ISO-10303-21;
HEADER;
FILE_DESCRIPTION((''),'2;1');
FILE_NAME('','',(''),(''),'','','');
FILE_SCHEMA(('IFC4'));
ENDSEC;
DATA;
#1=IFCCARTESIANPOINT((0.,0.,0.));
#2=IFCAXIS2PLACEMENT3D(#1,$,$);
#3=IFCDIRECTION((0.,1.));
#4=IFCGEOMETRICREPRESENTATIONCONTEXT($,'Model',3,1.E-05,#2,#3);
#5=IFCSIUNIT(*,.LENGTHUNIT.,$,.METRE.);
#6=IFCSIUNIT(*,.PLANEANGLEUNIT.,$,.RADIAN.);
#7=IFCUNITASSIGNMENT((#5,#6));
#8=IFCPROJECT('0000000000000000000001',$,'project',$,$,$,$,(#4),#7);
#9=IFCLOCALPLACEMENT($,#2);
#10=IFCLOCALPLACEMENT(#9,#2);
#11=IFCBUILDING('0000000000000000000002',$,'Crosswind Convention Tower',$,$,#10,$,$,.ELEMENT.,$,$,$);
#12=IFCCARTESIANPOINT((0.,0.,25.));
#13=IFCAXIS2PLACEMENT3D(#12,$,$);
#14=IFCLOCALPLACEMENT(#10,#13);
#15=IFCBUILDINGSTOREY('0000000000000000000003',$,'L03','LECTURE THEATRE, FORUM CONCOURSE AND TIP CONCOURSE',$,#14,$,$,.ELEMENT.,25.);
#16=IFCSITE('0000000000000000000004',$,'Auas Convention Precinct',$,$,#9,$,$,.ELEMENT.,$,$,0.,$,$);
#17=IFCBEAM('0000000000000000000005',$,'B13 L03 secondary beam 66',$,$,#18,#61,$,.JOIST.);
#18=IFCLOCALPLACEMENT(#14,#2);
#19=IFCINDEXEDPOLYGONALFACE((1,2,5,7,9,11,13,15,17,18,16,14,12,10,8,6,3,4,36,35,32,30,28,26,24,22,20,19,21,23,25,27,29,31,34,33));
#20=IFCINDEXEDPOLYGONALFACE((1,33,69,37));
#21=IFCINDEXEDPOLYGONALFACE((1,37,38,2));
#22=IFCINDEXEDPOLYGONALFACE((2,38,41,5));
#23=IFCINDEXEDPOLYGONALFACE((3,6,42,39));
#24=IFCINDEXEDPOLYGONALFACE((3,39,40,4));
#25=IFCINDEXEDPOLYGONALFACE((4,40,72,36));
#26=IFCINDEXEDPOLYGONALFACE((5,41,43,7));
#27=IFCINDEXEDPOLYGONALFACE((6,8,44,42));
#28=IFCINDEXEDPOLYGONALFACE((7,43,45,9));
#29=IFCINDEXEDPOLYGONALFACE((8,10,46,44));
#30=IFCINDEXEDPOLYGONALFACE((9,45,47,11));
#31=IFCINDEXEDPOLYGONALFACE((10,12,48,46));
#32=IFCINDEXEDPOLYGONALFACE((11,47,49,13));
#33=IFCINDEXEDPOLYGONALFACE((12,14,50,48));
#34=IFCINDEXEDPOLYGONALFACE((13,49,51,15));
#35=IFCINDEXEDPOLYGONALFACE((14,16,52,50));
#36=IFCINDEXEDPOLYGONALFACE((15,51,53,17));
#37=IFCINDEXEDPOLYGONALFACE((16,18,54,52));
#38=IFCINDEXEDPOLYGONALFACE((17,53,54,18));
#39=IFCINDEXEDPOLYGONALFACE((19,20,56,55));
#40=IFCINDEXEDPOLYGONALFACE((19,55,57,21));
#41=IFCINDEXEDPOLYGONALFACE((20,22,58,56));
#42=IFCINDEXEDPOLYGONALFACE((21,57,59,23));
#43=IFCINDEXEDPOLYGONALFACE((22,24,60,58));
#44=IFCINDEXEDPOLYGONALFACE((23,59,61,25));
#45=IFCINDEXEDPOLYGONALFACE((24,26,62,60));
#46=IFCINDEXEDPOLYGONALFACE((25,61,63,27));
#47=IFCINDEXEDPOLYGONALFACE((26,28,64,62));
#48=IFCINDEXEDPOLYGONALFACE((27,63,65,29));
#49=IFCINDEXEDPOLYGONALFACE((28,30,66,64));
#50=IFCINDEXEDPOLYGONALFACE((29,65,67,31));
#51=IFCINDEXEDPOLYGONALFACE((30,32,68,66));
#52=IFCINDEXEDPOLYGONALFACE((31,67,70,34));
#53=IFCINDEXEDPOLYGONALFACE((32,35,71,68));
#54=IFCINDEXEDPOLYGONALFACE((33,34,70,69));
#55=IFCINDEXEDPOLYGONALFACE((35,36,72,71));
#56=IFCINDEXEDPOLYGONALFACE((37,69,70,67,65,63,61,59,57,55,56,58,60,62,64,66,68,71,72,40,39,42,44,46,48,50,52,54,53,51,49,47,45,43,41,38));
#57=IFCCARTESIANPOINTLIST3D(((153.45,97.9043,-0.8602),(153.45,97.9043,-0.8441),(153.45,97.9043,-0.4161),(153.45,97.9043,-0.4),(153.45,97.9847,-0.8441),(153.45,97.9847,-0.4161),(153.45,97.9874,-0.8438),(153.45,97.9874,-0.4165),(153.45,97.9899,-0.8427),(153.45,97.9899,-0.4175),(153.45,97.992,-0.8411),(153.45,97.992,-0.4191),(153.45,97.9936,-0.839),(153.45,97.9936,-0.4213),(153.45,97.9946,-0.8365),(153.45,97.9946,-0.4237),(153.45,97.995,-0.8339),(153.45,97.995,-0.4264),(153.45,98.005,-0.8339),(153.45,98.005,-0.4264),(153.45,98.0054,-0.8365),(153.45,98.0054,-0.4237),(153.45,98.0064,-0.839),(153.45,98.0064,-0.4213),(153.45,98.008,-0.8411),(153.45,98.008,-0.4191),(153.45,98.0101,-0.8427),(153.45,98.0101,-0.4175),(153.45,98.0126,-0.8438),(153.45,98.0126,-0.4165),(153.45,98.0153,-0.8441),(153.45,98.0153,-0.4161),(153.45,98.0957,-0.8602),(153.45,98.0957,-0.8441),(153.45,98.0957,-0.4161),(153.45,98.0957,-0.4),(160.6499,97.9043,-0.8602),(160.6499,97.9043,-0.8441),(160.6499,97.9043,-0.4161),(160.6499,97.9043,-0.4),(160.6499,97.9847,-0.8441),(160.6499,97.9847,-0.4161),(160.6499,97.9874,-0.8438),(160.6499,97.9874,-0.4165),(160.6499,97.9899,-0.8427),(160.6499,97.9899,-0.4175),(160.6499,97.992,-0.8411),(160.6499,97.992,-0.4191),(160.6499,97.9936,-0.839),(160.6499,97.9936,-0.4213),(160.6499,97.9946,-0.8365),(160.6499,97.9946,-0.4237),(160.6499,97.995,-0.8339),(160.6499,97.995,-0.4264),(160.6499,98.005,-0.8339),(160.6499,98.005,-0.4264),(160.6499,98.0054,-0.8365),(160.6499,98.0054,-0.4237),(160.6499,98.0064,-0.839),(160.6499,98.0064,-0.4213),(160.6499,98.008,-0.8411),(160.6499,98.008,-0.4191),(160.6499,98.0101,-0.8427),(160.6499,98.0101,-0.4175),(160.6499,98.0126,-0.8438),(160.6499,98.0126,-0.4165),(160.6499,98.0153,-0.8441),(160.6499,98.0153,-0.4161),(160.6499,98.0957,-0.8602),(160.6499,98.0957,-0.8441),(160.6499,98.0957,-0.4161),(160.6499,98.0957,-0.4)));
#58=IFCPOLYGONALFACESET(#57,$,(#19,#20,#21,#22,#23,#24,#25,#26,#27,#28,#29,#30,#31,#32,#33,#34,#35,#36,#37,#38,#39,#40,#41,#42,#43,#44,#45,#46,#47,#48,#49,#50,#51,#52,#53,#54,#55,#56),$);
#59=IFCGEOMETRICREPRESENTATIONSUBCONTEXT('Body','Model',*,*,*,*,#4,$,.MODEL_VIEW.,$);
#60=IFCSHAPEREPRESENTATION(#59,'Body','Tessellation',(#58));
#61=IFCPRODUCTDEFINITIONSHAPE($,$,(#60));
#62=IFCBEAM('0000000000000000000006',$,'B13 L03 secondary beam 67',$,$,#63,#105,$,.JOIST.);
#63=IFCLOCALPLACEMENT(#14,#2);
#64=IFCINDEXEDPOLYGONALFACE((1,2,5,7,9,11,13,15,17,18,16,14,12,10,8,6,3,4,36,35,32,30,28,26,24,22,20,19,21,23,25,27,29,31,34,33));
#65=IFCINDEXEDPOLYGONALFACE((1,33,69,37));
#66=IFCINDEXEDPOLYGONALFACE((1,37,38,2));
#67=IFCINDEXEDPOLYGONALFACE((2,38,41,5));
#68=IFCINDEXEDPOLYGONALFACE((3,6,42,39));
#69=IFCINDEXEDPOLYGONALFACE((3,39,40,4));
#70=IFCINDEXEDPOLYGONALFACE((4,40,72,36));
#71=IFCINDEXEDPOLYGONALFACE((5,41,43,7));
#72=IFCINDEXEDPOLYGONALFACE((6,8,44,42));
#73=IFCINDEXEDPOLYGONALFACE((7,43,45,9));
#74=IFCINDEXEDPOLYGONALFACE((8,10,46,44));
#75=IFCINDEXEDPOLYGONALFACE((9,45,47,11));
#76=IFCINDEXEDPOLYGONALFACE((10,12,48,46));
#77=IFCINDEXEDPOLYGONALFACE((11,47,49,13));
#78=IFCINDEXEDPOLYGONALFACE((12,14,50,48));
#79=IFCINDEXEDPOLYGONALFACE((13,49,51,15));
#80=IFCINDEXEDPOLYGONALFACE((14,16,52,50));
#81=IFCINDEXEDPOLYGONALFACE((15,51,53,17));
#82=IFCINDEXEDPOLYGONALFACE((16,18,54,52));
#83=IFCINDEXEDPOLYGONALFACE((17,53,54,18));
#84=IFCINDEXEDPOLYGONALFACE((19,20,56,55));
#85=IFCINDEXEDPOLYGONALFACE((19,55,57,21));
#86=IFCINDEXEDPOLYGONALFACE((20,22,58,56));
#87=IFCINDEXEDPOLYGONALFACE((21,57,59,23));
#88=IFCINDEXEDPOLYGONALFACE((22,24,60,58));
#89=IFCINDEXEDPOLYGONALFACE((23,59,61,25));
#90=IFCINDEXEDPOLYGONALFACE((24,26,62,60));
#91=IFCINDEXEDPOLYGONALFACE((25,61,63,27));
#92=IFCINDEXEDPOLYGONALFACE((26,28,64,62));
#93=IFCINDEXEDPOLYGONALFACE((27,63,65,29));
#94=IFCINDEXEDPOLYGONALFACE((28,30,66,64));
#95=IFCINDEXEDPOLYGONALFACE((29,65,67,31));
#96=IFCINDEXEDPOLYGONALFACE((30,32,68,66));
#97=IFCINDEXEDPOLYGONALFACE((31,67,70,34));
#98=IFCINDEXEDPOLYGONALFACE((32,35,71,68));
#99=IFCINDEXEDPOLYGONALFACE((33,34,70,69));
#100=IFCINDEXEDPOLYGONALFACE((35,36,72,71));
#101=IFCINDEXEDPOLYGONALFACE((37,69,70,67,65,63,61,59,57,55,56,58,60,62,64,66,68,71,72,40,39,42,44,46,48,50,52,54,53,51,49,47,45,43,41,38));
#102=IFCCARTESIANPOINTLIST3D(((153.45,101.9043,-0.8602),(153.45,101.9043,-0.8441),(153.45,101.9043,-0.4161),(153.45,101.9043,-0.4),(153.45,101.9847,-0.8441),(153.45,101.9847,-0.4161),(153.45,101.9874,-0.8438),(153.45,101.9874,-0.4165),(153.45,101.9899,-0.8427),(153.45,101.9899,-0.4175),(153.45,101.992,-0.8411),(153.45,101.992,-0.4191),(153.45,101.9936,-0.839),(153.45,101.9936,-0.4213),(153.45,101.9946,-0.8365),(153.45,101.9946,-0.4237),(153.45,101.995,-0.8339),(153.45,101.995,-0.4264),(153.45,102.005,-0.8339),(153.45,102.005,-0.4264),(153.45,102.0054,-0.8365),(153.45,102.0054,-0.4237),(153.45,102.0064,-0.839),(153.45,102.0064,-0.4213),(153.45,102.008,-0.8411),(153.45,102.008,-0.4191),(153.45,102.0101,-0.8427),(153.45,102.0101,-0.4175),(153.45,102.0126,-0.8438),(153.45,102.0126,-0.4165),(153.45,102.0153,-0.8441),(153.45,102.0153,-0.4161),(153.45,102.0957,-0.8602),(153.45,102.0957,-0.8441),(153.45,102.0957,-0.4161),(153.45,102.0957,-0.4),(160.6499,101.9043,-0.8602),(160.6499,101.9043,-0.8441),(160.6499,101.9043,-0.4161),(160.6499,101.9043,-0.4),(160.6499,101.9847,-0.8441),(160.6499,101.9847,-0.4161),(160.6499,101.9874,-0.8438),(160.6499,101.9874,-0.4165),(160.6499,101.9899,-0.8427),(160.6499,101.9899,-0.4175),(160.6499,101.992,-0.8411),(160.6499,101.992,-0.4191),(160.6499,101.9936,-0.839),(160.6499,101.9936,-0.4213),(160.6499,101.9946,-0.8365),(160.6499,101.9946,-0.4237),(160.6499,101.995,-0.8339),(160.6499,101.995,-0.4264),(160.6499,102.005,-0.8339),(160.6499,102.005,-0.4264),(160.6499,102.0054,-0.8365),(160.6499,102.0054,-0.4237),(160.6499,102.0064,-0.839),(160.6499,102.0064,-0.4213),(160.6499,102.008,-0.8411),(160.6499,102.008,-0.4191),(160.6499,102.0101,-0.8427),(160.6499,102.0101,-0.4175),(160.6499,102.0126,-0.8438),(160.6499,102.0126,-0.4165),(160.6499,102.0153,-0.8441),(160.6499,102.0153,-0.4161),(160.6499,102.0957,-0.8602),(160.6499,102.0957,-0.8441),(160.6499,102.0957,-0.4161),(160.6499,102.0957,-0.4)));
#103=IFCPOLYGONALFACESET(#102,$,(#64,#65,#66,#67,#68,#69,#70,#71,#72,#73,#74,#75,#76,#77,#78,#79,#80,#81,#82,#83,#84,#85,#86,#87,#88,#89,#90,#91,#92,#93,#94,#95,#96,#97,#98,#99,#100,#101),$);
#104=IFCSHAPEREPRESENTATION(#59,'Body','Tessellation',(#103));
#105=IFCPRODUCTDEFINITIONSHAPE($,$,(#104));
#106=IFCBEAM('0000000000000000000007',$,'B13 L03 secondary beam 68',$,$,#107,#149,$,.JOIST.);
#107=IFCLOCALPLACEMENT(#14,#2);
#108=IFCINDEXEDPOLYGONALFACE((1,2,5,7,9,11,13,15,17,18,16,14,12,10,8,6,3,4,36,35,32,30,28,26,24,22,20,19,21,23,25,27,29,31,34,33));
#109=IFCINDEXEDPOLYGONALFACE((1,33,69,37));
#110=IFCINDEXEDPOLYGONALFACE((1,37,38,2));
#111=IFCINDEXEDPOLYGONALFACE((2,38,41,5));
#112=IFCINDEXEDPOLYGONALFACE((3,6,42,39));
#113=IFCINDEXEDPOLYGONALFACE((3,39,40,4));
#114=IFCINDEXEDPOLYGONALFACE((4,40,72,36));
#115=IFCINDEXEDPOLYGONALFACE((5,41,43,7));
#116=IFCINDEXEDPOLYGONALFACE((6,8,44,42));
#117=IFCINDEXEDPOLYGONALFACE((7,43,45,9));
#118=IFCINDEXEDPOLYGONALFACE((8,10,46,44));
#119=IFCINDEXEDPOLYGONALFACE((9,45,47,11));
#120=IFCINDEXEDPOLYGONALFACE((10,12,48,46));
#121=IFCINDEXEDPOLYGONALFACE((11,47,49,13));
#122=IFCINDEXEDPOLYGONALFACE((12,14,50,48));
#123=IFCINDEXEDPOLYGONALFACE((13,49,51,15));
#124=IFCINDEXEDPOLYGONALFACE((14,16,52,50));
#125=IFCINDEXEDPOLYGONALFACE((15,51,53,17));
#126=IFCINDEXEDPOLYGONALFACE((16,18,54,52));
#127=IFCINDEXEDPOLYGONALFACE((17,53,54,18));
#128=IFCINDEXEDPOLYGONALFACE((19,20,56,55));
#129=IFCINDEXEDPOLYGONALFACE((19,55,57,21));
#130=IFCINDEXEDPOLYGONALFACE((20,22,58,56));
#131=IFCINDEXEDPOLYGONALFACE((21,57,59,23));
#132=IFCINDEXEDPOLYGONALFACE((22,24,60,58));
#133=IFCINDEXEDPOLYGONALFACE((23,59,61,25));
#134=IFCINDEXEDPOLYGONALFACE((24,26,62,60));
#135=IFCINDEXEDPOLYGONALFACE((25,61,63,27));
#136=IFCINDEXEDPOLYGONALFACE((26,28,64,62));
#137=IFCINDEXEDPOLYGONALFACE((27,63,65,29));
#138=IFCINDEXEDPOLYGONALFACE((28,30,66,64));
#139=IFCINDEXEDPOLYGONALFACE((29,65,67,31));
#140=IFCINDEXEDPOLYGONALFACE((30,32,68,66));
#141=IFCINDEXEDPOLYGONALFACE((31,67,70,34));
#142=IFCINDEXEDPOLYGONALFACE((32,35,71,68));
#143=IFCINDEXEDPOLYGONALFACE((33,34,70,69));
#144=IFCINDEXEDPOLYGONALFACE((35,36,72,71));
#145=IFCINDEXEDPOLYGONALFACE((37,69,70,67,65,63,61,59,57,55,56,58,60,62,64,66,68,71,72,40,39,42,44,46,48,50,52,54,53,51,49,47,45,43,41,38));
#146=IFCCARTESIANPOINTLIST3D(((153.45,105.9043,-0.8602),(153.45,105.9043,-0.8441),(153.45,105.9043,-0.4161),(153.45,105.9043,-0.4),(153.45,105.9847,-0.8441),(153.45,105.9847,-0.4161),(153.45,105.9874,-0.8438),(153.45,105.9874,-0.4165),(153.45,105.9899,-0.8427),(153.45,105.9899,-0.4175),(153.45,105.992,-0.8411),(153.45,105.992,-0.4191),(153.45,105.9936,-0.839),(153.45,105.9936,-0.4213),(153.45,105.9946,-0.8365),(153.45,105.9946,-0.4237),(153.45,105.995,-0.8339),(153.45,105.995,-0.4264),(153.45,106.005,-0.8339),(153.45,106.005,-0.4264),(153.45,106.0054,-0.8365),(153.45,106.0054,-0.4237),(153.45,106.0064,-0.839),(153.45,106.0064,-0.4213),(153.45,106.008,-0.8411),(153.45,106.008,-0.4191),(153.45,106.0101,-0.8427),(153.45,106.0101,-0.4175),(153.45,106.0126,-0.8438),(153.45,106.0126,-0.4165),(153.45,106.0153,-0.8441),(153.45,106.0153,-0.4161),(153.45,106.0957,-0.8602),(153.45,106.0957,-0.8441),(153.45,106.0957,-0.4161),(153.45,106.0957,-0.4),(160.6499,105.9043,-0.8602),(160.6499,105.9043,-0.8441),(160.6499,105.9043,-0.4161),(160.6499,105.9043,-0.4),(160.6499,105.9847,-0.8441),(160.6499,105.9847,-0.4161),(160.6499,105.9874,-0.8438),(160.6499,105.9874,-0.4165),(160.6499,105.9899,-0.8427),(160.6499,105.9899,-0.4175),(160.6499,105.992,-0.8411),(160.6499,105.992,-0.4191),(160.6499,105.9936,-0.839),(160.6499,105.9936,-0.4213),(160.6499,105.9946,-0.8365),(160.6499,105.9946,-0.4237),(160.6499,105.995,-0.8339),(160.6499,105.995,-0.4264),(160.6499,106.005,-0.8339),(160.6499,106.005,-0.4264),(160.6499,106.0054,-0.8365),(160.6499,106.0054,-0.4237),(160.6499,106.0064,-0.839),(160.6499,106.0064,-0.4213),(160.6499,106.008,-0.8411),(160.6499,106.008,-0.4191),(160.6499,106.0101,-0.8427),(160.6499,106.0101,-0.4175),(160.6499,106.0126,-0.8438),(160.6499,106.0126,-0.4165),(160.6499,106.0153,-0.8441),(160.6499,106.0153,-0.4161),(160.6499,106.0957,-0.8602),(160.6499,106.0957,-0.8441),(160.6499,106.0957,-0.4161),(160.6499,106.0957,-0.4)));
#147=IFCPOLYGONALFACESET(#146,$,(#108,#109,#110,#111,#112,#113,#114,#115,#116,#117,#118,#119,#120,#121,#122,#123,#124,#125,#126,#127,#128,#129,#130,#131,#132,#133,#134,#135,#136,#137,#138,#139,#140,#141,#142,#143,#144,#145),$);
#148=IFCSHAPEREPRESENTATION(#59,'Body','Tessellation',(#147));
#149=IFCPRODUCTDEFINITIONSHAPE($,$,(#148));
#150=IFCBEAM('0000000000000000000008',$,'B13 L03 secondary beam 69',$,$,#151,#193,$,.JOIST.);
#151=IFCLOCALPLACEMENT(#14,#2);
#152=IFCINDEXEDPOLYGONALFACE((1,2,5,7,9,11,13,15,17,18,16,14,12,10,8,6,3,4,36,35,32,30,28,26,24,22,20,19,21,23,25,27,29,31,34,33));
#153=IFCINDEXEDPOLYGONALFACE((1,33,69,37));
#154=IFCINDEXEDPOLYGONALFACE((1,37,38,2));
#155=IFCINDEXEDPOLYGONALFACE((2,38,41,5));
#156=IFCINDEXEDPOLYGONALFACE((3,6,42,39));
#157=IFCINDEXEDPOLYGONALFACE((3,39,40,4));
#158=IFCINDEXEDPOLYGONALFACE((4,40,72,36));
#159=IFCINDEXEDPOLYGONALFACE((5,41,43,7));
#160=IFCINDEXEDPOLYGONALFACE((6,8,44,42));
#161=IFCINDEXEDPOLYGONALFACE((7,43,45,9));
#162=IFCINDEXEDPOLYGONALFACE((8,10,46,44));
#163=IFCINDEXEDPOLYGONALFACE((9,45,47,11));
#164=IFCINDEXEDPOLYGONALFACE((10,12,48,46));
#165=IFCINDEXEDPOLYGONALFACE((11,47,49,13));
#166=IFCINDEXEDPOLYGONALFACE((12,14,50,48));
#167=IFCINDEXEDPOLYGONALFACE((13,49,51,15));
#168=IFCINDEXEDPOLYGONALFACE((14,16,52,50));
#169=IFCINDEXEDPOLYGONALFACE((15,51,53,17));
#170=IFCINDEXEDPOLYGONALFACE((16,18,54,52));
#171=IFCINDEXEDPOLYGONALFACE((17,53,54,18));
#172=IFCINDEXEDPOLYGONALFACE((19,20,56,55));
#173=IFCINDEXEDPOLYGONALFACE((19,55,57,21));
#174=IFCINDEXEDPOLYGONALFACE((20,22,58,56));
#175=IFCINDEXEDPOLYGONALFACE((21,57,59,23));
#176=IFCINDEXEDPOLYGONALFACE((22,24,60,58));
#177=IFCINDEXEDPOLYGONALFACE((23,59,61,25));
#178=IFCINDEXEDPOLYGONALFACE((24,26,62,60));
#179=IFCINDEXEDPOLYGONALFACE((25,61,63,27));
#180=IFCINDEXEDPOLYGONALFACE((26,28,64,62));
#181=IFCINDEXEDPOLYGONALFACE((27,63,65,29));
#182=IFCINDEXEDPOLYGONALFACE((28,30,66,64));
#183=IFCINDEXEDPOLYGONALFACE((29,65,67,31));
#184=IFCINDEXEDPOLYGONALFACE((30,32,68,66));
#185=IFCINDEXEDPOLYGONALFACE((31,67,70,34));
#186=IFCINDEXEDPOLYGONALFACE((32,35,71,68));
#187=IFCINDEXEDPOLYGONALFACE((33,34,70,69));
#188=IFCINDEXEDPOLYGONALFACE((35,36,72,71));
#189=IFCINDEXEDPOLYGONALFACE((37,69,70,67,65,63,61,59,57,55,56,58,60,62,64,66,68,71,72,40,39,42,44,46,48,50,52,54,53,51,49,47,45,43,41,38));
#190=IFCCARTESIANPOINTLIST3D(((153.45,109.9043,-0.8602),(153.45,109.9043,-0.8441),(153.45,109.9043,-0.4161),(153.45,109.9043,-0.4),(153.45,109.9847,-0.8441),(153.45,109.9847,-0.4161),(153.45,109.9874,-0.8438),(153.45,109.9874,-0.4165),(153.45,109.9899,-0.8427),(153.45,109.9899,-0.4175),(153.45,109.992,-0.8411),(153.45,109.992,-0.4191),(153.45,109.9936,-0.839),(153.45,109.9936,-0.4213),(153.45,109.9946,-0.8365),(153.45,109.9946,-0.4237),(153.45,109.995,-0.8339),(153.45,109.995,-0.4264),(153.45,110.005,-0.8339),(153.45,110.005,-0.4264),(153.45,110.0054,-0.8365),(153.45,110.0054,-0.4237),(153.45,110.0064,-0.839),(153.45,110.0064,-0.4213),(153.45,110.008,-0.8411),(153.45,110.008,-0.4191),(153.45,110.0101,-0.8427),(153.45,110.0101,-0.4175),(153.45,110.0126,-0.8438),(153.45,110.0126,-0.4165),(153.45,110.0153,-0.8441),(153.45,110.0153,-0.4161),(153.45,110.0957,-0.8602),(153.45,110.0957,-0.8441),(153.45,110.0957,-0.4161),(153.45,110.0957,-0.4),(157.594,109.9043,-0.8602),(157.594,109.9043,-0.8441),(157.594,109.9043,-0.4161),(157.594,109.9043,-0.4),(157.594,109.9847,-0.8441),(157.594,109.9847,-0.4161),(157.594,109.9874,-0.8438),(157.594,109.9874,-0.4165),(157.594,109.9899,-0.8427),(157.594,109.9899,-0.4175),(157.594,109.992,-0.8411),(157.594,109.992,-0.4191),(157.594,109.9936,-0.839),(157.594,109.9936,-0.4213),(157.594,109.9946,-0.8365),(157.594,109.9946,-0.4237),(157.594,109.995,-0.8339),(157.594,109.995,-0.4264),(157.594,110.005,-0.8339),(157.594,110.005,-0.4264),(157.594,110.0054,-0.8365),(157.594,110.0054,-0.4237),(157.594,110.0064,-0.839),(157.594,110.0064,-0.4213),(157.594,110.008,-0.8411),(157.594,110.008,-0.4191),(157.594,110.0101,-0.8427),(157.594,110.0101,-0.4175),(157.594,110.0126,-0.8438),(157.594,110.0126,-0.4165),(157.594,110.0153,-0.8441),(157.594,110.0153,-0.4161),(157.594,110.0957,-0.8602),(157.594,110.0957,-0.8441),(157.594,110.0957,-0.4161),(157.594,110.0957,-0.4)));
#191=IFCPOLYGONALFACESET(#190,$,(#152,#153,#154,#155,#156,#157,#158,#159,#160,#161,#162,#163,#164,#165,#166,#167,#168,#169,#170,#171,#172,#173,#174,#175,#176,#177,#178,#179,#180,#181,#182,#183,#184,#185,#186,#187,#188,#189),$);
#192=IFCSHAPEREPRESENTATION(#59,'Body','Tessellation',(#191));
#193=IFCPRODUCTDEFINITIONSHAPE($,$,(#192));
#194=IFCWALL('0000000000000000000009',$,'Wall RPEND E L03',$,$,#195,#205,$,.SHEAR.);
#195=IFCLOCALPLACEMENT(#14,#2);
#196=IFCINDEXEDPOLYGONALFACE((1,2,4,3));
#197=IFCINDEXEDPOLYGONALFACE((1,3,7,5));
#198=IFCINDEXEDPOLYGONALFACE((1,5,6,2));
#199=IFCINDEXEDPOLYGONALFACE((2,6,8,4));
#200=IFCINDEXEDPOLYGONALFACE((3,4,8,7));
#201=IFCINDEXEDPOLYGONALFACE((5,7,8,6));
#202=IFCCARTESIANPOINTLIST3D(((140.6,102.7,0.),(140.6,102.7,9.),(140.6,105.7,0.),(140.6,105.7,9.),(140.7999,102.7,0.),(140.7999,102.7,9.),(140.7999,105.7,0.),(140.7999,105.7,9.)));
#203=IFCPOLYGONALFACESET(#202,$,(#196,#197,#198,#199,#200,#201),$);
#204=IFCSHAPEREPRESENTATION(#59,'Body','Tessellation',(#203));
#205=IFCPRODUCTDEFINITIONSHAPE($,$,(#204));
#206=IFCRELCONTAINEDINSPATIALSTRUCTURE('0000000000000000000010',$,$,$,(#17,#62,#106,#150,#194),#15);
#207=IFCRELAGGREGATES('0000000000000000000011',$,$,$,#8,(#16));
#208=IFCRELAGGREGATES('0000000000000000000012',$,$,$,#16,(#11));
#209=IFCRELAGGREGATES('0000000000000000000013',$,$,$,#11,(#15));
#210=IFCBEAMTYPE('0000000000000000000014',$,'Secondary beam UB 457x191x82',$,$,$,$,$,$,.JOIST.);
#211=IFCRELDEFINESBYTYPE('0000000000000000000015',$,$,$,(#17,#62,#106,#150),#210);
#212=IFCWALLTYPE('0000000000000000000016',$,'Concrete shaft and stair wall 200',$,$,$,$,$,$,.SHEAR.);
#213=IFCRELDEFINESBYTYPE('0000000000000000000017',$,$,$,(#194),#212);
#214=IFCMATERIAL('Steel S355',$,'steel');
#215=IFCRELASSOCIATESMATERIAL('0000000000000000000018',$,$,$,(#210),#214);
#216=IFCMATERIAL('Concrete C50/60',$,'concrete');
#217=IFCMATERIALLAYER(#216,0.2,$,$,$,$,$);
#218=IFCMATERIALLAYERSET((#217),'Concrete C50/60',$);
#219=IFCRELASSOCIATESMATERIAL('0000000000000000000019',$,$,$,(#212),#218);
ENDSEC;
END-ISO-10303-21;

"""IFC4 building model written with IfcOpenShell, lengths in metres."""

from ifc_helpers import new_model, si_unit, direction, frame, frame_2d, origin, origin_2d, place, context, subcontext, project, spatial, rectangle, i_section, extrude, material, layer, layer_set, material_profile, profile_set, type_object, element, save


model = new_model("IFC4")

# Units and contexts
model_context = context("Model", 3, precision=1e-05, world=origin(), true_north=direction((0.0, 1.0)))
body_context = subcontext(model_context, "Body", "Model", "MODEL_VIEW")
ifc_project = project(units=[si_unit("LENGTHUNIT", "METRE"), si_unit("PLANEANGLEUNIT", "RADIAN")], contexts=[model_context])

# Site, building, storey
site_placement = place(None, origin())
site = spatial("IfcSite", under=ifc_project, at=site_placement, Name="Auas Convention Precinct", CompositionType="ELEMENT", RefElevation=0.0)
building_placement = place(site_placement, origin())
building = spatial("IfcBuilding", under=site, at=building_placement, Name="Crosswind Convention Tower", CompositionType="ELEMENT")
storey_placement = place(building_placement, frame((0.0, 0.0, 25.0)))
storey = spatial("IfcBuildingStorey", under=building, at=storey_placement, Name="L03", Description="LECTURE THEATRE, FORUM CONCOURSE AND TIP CONCOURSE", CompositionType="ELEMENT", Elevation=25.0)

# Beams
ifc_material_1 = material(Name="Steel S355", Category="steel")
ifc_material_profile = material_profile(ifc_material_1, i_section(OverallWidth=0.1914, OverallDepth=0.4602, WebThickness=0.01, FlangeThickness=0.0161, FilletRadius=0.0103, at=origin_2d()), Name="UB 457x191x82")
ifc_profile_set = profile_set([ifc_material_profile], Name="Steel S355")
beam_type = type_object("IfcBeamType", Name="Secondary beam UB 457x191x82", PredefinedType="JOIST", material=ifc_profile_set)
for number, where, z_axis, x_axis, name in (
    (1, (153.45, 98.0, -0.6301), (1.0, 0.0, 0.0), (0.0, 1.0, 0.0), "B13 L03 secondary beam 66"),
    (2, (153.45, 102.0, -0.6301), (1.0, 0.0, 0.0), (0.0, 1.0, 0.0), "B13 L03 secondary beam 67"),
    (3, (153.45, 106.0, -0.6301), (1.0, 0.0, 0.0), (0.0, 1.0, 0.0), "B13 L03 secondary beam 68"),
):
    element("IfcBeam", number, at=place(storey_placement, frame(where, z_axis=z_axis, x_axis=x_axis)), inside=storey, type_object=beam_type, Name=name, PredefinedType="JOIST", context=body_context, shape_type="SweptSolid", body=[
        extrude(i_section(OverallWidth=0.1914, OverallDepth=0.4602, WebThickness=0.01, FlangeThickness=0.0161, FilletRadius=0.0103, at=origin_2d()), origin(), (0.0, 0.0, 1.0), 7.2),
    ])
beam_placement = place(storey_placement, frame((153.45, 110.0, -0.6301), z_axis=(1.0, 0.0, 0.0), x_axis=(0.0, 1.0, 0.0)))
element("IfcBeam", 4, at=beam_placement, inside=storey, type_object=beam_type, Name="B13 L03 secondary beam 69", PredefinedType="JOIST", context=body_context, shape_type="SweptSolid", body=[
    extrude(i_section(OverallWidth=0.1914, OverallDepth=0.4602, WebThickness=0.01, FlangeThickness=0.0161, FilletRadius=0.0103, at=origin_2d()), origin(), (0.0, 0.0, 1.0), 4.144),
])

# Wall
ifc_material_2 = material(Name="Concrete C50/60", Category="concrete")
ifc_layer_1 = layer(ifc_material_2, 0.2)
ifc_layer_set_1 = layer_set([ifc_layer_1], Name="Concrete C50/60")
wall_type_1 = type_object("IfcWallType", Name="Concrete shaft and stair wall 200", PredefinedType="SHEAR", material=ifc_layer_set_1)
for number, where, z_axis, x_axis, name in (
    (5, (140.7, 102.7, 0.0), (0.0, 0.0, 1.0), (0.0, 1.0, 0.0), "Wall RPEND E L03"),
):
    element("IfcWall", number, at=place(storey_placement, frame(where, z_axis=z_axis, x_axis=x_axis)), inside=storey, type_object=wall_type_1, Name=name, PredefinedType="SHEAR", context=body_context, shape_type="SweptSolid", body=[
        extrude(rectangle(XDim=3.0, YDim=0.2, at=frame_2d((1.5, 0.0))), origin(), (0.0, 0.0, 1.0), 9.0),
    ])

save(model, "model.ifc")
